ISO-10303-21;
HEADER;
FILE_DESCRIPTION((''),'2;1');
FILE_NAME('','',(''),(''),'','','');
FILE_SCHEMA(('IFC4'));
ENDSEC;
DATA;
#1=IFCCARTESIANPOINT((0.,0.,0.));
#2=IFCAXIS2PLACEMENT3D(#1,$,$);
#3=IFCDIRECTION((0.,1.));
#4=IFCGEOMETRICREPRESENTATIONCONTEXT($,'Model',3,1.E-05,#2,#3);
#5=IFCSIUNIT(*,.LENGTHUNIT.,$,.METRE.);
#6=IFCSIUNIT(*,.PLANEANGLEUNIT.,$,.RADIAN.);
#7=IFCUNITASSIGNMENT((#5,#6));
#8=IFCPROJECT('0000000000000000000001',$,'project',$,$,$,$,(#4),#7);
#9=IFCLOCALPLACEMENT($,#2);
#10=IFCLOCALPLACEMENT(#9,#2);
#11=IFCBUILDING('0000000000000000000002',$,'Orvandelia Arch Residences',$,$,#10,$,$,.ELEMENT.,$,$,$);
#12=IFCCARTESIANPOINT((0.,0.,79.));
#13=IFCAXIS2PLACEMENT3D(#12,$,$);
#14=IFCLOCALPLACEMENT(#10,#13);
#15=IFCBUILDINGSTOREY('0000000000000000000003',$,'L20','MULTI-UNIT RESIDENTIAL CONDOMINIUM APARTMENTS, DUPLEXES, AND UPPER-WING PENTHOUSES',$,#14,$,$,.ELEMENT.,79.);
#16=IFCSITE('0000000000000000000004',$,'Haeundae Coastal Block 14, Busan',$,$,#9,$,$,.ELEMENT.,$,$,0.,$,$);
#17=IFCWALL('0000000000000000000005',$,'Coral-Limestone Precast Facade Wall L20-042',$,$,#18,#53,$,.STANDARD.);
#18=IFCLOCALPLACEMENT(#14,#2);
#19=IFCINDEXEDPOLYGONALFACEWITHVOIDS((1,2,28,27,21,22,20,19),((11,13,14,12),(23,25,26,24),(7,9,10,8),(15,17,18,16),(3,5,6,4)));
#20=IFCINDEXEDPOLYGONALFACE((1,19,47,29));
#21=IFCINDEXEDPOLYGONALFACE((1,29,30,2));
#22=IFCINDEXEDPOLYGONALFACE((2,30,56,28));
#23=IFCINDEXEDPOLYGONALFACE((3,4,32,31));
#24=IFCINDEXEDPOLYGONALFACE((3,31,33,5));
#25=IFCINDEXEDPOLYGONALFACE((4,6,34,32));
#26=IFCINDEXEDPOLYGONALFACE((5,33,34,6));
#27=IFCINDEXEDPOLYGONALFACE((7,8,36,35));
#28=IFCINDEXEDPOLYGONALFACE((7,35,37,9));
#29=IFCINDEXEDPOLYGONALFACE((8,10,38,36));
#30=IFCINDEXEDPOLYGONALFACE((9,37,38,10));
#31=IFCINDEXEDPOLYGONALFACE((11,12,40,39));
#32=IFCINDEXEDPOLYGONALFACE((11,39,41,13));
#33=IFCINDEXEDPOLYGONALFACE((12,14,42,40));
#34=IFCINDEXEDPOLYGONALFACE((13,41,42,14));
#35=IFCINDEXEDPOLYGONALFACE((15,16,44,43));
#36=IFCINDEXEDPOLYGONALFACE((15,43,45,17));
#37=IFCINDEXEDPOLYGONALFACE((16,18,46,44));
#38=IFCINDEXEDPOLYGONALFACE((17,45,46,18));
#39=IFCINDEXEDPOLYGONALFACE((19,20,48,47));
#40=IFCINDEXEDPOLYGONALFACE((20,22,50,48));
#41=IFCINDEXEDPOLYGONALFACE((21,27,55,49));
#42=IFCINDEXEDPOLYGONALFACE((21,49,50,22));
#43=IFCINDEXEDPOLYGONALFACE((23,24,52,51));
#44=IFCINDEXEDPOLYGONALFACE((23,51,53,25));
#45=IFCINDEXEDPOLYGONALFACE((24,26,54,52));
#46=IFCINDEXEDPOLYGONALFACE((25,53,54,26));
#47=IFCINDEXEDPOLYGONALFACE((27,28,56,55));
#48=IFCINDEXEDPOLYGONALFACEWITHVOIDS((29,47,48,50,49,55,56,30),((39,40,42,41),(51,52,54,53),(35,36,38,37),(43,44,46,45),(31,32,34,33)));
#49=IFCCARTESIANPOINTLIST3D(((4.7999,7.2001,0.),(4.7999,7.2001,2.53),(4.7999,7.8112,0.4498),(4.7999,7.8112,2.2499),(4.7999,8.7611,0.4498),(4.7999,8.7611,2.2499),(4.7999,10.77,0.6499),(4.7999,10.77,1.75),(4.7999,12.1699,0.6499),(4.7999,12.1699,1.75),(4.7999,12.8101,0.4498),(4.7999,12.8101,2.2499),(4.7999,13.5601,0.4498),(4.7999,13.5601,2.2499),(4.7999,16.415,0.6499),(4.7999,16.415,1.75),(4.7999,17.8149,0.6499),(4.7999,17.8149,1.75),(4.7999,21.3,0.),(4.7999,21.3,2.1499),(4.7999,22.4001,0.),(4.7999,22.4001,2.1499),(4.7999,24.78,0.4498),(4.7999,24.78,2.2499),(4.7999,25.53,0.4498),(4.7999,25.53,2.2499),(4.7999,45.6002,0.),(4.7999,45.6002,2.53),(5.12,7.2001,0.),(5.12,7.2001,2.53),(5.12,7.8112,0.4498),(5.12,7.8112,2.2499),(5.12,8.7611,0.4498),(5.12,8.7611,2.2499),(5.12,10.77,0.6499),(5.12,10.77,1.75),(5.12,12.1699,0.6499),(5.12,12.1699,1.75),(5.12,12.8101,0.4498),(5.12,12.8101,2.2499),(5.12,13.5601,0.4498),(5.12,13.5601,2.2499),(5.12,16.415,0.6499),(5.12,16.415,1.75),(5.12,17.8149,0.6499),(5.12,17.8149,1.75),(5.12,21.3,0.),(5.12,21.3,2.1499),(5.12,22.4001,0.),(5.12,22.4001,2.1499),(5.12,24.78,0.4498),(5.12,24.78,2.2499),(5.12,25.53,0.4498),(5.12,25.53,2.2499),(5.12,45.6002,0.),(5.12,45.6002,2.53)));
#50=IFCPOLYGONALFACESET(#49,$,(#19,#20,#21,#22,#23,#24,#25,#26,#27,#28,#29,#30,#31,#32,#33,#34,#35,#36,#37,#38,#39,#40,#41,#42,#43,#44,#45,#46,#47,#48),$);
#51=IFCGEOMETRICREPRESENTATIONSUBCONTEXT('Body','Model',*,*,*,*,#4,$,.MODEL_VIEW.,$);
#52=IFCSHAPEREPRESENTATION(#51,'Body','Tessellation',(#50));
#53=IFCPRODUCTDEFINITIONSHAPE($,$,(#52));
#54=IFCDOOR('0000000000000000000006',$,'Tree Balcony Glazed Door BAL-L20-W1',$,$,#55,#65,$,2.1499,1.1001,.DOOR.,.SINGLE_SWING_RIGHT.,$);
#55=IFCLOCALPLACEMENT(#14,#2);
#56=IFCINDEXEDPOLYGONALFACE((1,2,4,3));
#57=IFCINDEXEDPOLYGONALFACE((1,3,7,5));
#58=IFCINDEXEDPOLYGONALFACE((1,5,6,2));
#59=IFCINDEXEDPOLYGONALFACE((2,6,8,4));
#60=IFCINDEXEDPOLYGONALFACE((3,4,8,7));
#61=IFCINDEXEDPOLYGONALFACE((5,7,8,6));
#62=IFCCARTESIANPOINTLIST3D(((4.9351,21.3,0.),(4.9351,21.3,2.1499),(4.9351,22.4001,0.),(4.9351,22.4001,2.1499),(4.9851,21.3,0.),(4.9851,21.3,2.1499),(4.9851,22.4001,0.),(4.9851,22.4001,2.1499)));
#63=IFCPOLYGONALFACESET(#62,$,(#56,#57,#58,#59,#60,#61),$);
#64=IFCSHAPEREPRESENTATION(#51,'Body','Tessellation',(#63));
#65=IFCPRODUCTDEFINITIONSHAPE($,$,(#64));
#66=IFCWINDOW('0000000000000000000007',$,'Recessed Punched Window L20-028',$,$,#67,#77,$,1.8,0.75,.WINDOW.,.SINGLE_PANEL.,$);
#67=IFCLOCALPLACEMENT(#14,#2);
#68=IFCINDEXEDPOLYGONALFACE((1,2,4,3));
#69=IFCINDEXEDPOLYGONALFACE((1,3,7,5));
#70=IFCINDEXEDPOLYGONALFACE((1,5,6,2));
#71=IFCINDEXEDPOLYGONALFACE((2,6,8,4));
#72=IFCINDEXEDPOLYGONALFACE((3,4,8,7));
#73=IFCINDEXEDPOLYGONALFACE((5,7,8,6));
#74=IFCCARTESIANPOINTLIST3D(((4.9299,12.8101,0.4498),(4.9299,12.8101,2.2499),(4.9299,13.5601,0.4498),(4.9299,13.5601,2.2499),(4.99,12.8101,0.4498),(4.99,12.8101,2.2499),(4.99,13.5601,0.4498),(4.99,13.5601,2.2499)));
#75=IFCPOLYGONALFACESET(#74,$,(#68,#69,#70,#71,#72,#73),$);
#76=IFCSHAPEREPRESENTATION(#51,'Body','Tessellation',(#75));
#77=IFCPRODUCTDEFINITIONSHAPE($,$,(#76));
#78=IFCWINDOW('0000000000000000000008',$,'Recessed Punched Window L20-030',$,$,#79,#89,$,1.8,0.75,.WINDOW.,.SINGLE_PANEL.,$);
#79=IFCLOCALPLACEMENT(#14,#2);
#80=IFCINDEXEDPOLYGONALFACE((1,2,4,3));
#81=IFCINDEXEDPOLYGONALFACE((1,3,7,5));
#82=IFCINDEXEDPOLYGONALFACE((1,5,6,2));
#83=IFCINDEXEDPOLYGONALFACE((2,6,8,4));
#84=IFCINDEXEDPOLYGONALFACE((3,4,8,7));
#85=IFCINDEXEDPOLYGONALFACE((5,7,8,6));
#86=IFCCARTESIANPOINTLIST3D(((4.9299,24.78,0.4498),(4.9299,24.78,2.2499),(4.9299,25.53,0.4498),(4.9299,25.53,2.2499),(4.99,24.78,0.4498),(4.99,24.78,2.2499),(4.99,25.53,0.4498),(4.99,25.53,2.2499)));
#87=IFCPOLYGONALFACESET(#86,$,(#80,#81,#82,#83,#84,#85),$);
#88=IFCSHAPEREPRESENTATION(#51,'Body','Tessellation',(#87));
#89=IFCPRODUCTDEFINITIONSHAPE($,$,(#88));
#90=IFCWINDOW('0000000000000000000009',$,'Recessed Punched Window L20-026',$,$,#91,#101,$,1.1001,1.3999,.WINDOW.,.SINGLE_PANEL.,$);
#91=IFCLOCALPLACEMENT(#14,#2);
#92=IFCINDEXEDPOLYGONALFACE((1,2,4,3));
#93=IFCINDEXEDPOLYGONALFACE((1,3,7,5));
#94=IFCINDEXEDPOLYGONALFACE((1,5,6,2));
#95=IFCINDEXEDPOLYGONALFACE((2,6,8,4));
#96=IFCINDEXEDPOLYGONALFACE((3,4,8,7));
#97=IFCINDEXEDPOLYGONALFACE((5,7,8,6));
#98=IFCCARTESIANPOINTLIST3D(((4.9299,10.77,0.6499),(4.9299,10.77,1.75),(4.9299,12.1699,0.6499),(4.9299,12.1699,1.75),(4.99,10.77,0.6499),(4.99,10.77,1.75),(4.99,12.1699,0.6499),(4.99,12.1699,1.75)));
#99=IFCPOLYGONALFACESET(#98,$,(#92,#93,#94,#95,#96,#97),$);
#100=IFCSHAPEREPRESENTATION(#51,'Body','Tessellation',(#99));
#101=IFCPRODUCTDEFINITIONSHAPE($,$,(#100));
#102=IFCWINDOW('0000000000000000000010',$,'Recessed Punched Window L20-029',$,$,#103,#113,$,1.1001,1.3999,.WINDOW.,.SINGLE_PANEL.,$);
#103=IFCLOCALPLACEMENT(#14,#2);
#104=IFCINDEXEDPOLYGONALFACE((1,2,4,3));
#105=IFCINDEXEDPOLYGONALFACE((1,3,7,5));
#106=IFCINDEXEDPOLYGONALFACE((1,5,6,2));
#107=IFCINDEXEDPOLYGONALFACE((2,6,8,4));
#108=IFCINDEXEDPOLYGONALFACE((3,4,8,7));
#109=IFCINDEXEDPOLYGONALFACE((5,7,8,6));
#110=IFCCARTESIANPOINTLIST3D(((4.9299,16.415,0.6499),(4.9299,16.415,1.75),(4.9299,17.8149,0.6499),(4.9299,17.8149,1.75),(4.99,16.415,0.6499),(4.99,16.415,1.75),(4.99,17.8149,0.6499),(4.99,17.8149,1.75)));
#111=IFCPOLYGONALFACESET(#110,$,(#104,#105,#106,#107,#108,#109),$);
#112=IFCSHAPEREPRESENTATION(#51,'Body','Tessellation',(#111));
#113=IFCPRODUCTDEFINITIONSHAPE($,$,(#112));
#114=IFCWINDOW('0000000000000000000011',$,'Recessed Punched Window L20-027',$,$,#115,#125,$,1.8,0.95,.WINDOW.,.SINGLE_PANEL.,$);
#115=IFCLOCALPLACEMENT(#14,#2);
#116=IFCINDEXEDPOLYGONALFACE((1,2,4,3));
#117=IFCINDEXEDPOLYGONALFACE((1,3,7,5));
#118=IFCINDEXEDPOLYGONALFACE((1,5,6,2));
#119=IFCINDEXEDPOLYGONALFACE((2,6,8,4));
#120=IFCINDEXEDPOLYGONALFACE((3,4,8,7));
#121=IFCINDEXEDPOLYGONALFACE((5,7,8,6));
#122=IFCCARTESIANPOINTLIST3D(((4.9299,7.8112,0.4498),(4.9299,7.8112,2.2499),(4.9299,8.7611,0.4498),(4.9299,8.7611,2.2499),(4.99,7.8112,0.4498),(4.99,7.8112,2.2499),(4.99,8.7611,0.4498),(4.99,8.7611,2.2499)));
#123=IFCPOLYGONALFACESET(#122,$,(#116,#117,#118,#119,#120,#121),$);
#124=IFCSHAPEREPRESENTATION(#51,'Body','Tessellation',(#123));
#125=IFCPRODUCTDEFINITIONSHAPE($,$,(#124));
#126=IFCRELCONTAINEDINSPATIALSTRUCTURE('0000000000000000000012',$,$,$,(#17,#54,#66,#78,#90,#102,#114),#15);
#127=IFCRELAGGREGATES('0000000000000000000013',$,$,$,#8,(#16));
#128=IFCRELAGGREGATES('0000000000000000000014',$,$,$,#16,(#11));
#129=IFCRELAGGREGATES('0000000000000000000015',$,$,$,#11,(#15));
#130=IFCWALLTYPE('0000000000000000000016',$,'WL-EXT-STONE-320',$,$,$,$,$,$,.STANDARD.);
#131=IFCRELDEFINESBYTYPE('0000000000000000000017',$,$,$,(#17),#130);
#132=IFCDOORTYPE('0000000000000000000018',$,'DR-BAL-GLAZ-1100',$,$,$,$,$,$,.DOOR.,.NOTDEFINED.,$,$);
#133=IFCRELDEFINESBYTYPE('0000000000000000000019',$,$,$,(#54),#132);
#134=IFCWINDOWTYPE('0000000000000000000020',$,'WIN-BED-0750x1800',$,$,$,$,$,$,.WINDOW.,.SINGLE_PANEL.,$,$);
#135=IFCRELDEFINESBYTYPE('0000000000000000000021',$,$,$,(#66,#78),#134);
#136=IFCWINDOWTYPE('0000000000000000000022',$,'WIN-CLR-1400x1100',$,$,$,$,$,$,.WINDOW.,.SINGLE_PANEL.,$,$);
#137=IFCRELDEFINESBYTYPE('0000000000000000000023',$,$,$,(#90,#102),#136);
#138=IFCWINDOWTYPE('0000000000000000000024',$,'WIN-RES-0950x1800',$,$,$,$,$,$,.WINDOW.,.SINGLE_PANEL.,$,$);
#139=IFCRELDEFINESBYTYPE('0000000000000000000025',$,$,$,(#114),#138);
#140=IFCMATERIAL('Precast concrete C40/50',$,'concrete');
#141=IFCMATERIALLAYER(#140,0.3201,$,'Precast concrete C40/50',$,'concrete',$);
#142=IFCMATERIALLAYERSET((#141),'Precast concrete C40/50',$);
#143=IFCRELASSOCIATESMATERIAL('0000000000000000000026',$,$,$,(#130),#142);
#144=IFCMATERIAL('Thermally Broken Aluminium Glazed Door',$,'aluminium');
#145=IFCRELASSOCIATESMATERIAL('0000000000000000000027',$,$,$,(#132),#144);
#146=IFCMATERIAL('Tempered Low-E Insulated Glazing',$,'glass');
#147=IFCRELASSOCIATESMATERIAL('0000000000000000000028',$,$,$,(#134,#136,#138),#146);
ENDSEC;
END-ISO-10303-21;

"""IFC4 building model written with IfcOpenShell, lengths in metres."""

from ifc_helpers import new_model, si_unit, direction, frame, frame_2d, origin, place, context, subcontext, project, spatial, rectangle, extrude, material, layer, layer_set, type_object, element, fill, save


model = new_model("IFC4")

# Units and contexts
model_context = context("Model", 3, precision=1e-05, world=origin(), true_north=direction((0.0, 1.0)))
body_context = subcontext(model_context, "Body", "Model", "MODEL_VIEW")
ifc_project = project(units=[si_unit("LENGTHUNIT", "METRE"), si_unit("PLANEANGLEUNIT", "RADIAN")], contexts=[model_context])

# Site, building, storey
site_placement = place(None, origin())
site = spatial("IfcSite", under=ifc_project, at=site_placement, Name="Haeundae Coastal Block 14, Busan", CompositionType="ELEMENT", RefElevation=0.0)
building_placement = place(site_placement, origin())
building = spatial("IfcBuilding", under=site, at=building_placement, Name="Orvandelia Arch Residences", CompositionType="ELEMENT")
storey_placement = place(building_placement, frame((0.0, 0.0, 79.0)))
storey = spatial("IfcBuildingStorey", under=building, at=storey_placement, Name="L20", Description="MULTI-UNIT RESIDENTIAL CONDOMINIUM APARTMENTS, DUPLEXES, AND UPPER-WING PENTHOUSES", CompositionType="ELEMENT", Elevation=79.0)

# Shared definitions
ifc_material_1 = material(Name="Precast concrete C40/50", Category="concrete")

# Shared definitions
ifc_layer_1 = layer(ifc_material_1, 0.3201, Name="Precast concrete C40/50", Category="concrete")
ifc_layer_set_1 = layer_set([ifc_layer_1], Name="Precast concrete C40/50")
wall_type_1 = type_object("IfcWallType", Name="WL-EXT-STONE-320", PredefinedType="STANDARD", material=ifc_layer_set_1)

# Wall, openings, door, windows
wall_1_placement = place(storey_placement, frame((4.96, 7.2, 0.0), z_axis=(0.0, 0.0, 1.0), x_axis=(0.0, 1.0, 0.0)))
wall_1 = element("IfcWall", 1, at=wall_1_placement, inside=storey, type_object=wall_type_1, Name="Coral-Limestone Precast Facade Wall L20-042", PredefinedType="STANDARD", context=body_context, shape_type="SweptSolid", body=[
    extrude(rectangle(XDim=38.4001, YDim=0.3201, at=frame_2d((19.2002, 0.0))), origin(), (0.0, 0.0, 1.0), 2.53),
])
opening_1_placement = place(wall_1_placement, frame((14.1001, 0.0, 0.0)))
opening_1 = element("IfcOpeningElement", 2, at=opening_1_placement, cuts=wall_1, PredefinedType="OPENING", context=body_context, shape_type="SweptSolid", body=[
    extrude(rectangle(XDim=1.1001, YDim=2.1499, at=frame_2d((0.55, 1.075))), frame((0.0, 0.1699, 0.0), z_axis=(0.0, -1.0, 0.0), x_axis=(1.0, 0.0, 0.0)), (0.0, 0.0, 1.0), 0.3401),
])
opening_2_placement = place(wall_1_placement, frame((3.5701, 0.0, 0.6499)))
opening_2 = element("IfcOpeningElement", 3, at=opening_2_placement, cuts=wall_1, PredefinedType="OPENING", context=body_context, shape_type="SweptSolid", body=[
    extrude(rectangle(XDim=1.3999, YDim=1.1001, at=frame_2d((0.7, 0.55))), frame((0.0, 0.1699, 0.0), z_axis=(0.0, -1.0, 0.0), x_axis=(1.0, 0.0, 0.0)), (0.0, 0.0, 1.0), 0.3401),
])
opening_3_placement = place(wall_1_placement, frame((0.6111, 0.0, 0.45)))
opening_3 = element("IfcOpeningElement", 4, at=opening_3_placement, cuts=wall_1, PredefinedType="OPENING", context=body_context, shape_type="SweptSolid", body=[
    extrude(rectangle(XDim=0.95, YDim=1.8, at=frame_2d((0.4751, 0.8999))), frame((0.0, 0.1699, 0.0), z_axis=(0.0, -1.0, 0.0), x_axis=(1.0, 0.0, 0.0)), (0.0, 0.0, 1.0), 0.3401),
])
opening_4_placement = place(wall_1_placement, frame((5.6101, 0.0, 0.45)))
opening_4 = element("IfcOpeningElement", 5, at=opening_4_placement, cuts=wall_1, PredefinedType="OPENING", context=body_context, shape_type="SweptSolid", body=[
    extrude(rectangle(XDim=0.75, YDim=1.8, at=frame_2d((0.375, 0.8999))), frame((0.0, 0.1699, 0.0), z_axis=(0.0, -1.0, 0.0), x_axis=(1.0, 0.0, 0.0)), (0.0, 0.0, 1.0), 0.3401),
])
opening_5_placement = place(wall_1_placement, frame((9.2151, 0.0, 0.6499)))
opening_5 = element("IfcOpeningElement", 6, at=opening_5_placement, cuts=wall_1, PredefinedType="OPENING", context=body_context, shape_type="SweptSolid", body=[
    extrude(rectangle(XDim=1.3999, YDim=1.1001, at=frame_2d((0.7, 0.55))), frame((0.0, 0.1699, 0.0), z_axis=(0.0, -1.0, 0.0), x_axis=(1.0, 0.0, 0.0)), (0.0, 0.0, 1.0), 0.3401),
])
opening_6_placement = place(wall_1_placement, frame((17.5801, 0.0, 0.45)))
opening_6 = element("IfcOpeningElement", 7, at=opening_6_placement, cuts=wall_1, PredefinedType="OPENING", context=body_context, shape_type="SweptSolid", body=[
    extrude(rectangle(XDim=0.75, YDim=1.8, at=frame_2d((0.375, 0.8999))), frame((0.0, 0.1699, 0.0), z_axis=(0.0, -1.0, 0.0), x_axis=(1.0, 0.0, 0.0)), (0.0, 0.0, 1.0), 0.3401),
])
ifc_material_2 = material(Name="Thermally Broken Aluminium Glazed Door", Category="aluminium")
door_type_1 = type_object("IfcDoorType", Name="DR-BAL-GLAZ-1100", OperationType="NOTDEFINED", PredefinedType="DOOR", material=ifc_material_2)
door_1_placement = place(opening_1_placement, origin())
door_1 = element("IfcDoor", 8, at=door_1_placement, inside=storey, type_object=door_type_1, Name="Tree Balcony Glazed Door BAL-L20-W1", OperationType="SINGLE_SWING_RIGHT", OverallHeight=2.1499, OverallWidth=1.1001, PredefinedType="DOOR", context=body_context, shape_type="SweptSolid", body=[
    extrude(rectangle(XDim=1.1001, YDim=2.1499, at=frame_2d((0.55, 1.075))), frame((0.0, 0.0249, 0.0), z_axis=(0.0, -1.0, 0.0), x_axis=(1.0, 0.0, 0.0)), (0.0, 0.0, 1.0), 0.05),
])
fill(opening_1, door_1)
ifc_material_3 = material(Name="Tempered Low-E Insulated Glazing", Category="glass")
window_type_1 = type_object("IfcWindowType", Name="WIN-BED-0750x1800", PartitioningType="SINGLE_PANEL", PredefinedType="WINDOW", material=ifc_material_3)
window_1_placement = place(opening_4_placement, origin())
window_1 = element("IfcWindow", 9, at=window_1_placement, inside=storey, type_object=window_type_1, Name="Recessed Punched Window L20-028", OverallHeight=1.8, OverallWidth=0.75, PartitioningType="SINGLE_PANEL", PredefinedType="WINDOW", context=body_context, shape_type="SweptSolid", body=[
    extrude(rectangle(XDim=0.75, YDim=1.8, at=frame_2d((0.375, 0.8999))), frame((0.0, 0.03, 0.0), z_axis=(0.0, -1.0, 0.0), x_axis=(1.0, 0.0, 0.0)), (0.0, 0.0, 1.0), 0.0601),
])
fill(opening_4, window_1)
window_2_placement = place(opening_6_placement, origin())
window_2 = element("IfcWindow", 10, at=window_2_placement, inside=storey, type_object=window_type_1, Name="Recessed Punched Window L20-030", OverallHeight=1.8, OverallWidth=0.75, PartitioningType="SINGLE_PANEL", PredefinedType="WINDOW", context=body_context, shape_type="SweptSolid", body=[
    extrude(rectangle(XDim=0.75, YDim=1.8, at=frame_2d((0.375, 0.8999))), frame((0.0, 0.03, 0.0), z_axis=(0.0, -1.0, 0.0), x_axis=(1.0, 0.0, 0.0)), (0.0, 0.0, 1.0), 0.0601),
])
fill(opening_6, window_2)
window_type_2 = type_object("IfcWindowType", Name="WIN-CLR-1400x1100", PartitioningType="SINGLE_PANEL", PredefinedType="WINDOW", material=ifc_material_3)
window_3_placement = place(opening_2_placement, origin())
window_3 = element("IfcWindow", 11, at=window_3_placement, inside=storey, type_object=window_type_2, Name="Recessed Punched Window L20-026", OverallHeight=1.1001, OverallWidth=1.3999, PartitioningType="SINGLE_PANEL", PredefinedType="WINDOW", context=body_context, shape_type="SweptSolid", body=[
    extrude(rectangle(XDim=1.3999, YDim=1.1001, at=frame_2d((0.7, 0.55))), frame((0.0, 0.03, 0.0), z_axis=(0.0, -1.0, 0.0), x_axis=(1.0, 0.0, 0.0)), (0.0, 0.0, 1.0), 0.0601),
])
fill(opening_2, window_3)
window_4_placement = place(opening_5_placement, origin())
window_4 = element("IfcWindow", 12, at=window_4_placement, inside=storey, type_object=window_type_2, Name="Recessed Punched Window L20-029", OverallHeight=1.1001, OverallWidth=1.3999, PartitioningType="SINGLE_PANEL", PredefinedType="WINDOW", context=body_context, shape_type="SweptSolid", body=[
    extrude(rectangle(XDim=1.3999, YDim=1.1001, at=frame_2d((0.7, 0.55))), frame((0.0, 0.03, 0.0), z_axis=(0.0, -1.0, 0.0), x_axis=(1.0, 0.0, 0.0)), (0.0, 0.0, 1.0), 0.0601),
])
fill(opening_5, window_4)
window_type_3 = type_object("IfcWindowType", Name="WIN-RES-0950x1800", PartitioningType="SINGLE_PANEL", PredefinedType="WINDOW", material=ifc_material_3)
window_5_placement = place(opening_3_placement, origin())
window_5 = element("IfcWindow", 13, at=window_5_placement, inside=storey, type_object=window_type_3, Name="Recessed Punched Window L20-027", OverallHeight=1.8, OverallWidth=0.95, PartitioningType="SINGLE_PANEL", PredefinedType="WINDOW", context=body_context, shape_type="SweptSolid", body=[
    extrude(rectangle(XDim=0.95, YDim=1.8, at=frame_2d((0.4751, 0.8999))), frame((0.0, 0.03, 0.0), z_axis=(0.0, -1.0, 0.0), x_axis=(1.0, 0.0, 0.0)), (0.0, 0.0, 1.0), 0.0601),
])
fill(opening_3, window_5)

save(model, "model.ifc")
